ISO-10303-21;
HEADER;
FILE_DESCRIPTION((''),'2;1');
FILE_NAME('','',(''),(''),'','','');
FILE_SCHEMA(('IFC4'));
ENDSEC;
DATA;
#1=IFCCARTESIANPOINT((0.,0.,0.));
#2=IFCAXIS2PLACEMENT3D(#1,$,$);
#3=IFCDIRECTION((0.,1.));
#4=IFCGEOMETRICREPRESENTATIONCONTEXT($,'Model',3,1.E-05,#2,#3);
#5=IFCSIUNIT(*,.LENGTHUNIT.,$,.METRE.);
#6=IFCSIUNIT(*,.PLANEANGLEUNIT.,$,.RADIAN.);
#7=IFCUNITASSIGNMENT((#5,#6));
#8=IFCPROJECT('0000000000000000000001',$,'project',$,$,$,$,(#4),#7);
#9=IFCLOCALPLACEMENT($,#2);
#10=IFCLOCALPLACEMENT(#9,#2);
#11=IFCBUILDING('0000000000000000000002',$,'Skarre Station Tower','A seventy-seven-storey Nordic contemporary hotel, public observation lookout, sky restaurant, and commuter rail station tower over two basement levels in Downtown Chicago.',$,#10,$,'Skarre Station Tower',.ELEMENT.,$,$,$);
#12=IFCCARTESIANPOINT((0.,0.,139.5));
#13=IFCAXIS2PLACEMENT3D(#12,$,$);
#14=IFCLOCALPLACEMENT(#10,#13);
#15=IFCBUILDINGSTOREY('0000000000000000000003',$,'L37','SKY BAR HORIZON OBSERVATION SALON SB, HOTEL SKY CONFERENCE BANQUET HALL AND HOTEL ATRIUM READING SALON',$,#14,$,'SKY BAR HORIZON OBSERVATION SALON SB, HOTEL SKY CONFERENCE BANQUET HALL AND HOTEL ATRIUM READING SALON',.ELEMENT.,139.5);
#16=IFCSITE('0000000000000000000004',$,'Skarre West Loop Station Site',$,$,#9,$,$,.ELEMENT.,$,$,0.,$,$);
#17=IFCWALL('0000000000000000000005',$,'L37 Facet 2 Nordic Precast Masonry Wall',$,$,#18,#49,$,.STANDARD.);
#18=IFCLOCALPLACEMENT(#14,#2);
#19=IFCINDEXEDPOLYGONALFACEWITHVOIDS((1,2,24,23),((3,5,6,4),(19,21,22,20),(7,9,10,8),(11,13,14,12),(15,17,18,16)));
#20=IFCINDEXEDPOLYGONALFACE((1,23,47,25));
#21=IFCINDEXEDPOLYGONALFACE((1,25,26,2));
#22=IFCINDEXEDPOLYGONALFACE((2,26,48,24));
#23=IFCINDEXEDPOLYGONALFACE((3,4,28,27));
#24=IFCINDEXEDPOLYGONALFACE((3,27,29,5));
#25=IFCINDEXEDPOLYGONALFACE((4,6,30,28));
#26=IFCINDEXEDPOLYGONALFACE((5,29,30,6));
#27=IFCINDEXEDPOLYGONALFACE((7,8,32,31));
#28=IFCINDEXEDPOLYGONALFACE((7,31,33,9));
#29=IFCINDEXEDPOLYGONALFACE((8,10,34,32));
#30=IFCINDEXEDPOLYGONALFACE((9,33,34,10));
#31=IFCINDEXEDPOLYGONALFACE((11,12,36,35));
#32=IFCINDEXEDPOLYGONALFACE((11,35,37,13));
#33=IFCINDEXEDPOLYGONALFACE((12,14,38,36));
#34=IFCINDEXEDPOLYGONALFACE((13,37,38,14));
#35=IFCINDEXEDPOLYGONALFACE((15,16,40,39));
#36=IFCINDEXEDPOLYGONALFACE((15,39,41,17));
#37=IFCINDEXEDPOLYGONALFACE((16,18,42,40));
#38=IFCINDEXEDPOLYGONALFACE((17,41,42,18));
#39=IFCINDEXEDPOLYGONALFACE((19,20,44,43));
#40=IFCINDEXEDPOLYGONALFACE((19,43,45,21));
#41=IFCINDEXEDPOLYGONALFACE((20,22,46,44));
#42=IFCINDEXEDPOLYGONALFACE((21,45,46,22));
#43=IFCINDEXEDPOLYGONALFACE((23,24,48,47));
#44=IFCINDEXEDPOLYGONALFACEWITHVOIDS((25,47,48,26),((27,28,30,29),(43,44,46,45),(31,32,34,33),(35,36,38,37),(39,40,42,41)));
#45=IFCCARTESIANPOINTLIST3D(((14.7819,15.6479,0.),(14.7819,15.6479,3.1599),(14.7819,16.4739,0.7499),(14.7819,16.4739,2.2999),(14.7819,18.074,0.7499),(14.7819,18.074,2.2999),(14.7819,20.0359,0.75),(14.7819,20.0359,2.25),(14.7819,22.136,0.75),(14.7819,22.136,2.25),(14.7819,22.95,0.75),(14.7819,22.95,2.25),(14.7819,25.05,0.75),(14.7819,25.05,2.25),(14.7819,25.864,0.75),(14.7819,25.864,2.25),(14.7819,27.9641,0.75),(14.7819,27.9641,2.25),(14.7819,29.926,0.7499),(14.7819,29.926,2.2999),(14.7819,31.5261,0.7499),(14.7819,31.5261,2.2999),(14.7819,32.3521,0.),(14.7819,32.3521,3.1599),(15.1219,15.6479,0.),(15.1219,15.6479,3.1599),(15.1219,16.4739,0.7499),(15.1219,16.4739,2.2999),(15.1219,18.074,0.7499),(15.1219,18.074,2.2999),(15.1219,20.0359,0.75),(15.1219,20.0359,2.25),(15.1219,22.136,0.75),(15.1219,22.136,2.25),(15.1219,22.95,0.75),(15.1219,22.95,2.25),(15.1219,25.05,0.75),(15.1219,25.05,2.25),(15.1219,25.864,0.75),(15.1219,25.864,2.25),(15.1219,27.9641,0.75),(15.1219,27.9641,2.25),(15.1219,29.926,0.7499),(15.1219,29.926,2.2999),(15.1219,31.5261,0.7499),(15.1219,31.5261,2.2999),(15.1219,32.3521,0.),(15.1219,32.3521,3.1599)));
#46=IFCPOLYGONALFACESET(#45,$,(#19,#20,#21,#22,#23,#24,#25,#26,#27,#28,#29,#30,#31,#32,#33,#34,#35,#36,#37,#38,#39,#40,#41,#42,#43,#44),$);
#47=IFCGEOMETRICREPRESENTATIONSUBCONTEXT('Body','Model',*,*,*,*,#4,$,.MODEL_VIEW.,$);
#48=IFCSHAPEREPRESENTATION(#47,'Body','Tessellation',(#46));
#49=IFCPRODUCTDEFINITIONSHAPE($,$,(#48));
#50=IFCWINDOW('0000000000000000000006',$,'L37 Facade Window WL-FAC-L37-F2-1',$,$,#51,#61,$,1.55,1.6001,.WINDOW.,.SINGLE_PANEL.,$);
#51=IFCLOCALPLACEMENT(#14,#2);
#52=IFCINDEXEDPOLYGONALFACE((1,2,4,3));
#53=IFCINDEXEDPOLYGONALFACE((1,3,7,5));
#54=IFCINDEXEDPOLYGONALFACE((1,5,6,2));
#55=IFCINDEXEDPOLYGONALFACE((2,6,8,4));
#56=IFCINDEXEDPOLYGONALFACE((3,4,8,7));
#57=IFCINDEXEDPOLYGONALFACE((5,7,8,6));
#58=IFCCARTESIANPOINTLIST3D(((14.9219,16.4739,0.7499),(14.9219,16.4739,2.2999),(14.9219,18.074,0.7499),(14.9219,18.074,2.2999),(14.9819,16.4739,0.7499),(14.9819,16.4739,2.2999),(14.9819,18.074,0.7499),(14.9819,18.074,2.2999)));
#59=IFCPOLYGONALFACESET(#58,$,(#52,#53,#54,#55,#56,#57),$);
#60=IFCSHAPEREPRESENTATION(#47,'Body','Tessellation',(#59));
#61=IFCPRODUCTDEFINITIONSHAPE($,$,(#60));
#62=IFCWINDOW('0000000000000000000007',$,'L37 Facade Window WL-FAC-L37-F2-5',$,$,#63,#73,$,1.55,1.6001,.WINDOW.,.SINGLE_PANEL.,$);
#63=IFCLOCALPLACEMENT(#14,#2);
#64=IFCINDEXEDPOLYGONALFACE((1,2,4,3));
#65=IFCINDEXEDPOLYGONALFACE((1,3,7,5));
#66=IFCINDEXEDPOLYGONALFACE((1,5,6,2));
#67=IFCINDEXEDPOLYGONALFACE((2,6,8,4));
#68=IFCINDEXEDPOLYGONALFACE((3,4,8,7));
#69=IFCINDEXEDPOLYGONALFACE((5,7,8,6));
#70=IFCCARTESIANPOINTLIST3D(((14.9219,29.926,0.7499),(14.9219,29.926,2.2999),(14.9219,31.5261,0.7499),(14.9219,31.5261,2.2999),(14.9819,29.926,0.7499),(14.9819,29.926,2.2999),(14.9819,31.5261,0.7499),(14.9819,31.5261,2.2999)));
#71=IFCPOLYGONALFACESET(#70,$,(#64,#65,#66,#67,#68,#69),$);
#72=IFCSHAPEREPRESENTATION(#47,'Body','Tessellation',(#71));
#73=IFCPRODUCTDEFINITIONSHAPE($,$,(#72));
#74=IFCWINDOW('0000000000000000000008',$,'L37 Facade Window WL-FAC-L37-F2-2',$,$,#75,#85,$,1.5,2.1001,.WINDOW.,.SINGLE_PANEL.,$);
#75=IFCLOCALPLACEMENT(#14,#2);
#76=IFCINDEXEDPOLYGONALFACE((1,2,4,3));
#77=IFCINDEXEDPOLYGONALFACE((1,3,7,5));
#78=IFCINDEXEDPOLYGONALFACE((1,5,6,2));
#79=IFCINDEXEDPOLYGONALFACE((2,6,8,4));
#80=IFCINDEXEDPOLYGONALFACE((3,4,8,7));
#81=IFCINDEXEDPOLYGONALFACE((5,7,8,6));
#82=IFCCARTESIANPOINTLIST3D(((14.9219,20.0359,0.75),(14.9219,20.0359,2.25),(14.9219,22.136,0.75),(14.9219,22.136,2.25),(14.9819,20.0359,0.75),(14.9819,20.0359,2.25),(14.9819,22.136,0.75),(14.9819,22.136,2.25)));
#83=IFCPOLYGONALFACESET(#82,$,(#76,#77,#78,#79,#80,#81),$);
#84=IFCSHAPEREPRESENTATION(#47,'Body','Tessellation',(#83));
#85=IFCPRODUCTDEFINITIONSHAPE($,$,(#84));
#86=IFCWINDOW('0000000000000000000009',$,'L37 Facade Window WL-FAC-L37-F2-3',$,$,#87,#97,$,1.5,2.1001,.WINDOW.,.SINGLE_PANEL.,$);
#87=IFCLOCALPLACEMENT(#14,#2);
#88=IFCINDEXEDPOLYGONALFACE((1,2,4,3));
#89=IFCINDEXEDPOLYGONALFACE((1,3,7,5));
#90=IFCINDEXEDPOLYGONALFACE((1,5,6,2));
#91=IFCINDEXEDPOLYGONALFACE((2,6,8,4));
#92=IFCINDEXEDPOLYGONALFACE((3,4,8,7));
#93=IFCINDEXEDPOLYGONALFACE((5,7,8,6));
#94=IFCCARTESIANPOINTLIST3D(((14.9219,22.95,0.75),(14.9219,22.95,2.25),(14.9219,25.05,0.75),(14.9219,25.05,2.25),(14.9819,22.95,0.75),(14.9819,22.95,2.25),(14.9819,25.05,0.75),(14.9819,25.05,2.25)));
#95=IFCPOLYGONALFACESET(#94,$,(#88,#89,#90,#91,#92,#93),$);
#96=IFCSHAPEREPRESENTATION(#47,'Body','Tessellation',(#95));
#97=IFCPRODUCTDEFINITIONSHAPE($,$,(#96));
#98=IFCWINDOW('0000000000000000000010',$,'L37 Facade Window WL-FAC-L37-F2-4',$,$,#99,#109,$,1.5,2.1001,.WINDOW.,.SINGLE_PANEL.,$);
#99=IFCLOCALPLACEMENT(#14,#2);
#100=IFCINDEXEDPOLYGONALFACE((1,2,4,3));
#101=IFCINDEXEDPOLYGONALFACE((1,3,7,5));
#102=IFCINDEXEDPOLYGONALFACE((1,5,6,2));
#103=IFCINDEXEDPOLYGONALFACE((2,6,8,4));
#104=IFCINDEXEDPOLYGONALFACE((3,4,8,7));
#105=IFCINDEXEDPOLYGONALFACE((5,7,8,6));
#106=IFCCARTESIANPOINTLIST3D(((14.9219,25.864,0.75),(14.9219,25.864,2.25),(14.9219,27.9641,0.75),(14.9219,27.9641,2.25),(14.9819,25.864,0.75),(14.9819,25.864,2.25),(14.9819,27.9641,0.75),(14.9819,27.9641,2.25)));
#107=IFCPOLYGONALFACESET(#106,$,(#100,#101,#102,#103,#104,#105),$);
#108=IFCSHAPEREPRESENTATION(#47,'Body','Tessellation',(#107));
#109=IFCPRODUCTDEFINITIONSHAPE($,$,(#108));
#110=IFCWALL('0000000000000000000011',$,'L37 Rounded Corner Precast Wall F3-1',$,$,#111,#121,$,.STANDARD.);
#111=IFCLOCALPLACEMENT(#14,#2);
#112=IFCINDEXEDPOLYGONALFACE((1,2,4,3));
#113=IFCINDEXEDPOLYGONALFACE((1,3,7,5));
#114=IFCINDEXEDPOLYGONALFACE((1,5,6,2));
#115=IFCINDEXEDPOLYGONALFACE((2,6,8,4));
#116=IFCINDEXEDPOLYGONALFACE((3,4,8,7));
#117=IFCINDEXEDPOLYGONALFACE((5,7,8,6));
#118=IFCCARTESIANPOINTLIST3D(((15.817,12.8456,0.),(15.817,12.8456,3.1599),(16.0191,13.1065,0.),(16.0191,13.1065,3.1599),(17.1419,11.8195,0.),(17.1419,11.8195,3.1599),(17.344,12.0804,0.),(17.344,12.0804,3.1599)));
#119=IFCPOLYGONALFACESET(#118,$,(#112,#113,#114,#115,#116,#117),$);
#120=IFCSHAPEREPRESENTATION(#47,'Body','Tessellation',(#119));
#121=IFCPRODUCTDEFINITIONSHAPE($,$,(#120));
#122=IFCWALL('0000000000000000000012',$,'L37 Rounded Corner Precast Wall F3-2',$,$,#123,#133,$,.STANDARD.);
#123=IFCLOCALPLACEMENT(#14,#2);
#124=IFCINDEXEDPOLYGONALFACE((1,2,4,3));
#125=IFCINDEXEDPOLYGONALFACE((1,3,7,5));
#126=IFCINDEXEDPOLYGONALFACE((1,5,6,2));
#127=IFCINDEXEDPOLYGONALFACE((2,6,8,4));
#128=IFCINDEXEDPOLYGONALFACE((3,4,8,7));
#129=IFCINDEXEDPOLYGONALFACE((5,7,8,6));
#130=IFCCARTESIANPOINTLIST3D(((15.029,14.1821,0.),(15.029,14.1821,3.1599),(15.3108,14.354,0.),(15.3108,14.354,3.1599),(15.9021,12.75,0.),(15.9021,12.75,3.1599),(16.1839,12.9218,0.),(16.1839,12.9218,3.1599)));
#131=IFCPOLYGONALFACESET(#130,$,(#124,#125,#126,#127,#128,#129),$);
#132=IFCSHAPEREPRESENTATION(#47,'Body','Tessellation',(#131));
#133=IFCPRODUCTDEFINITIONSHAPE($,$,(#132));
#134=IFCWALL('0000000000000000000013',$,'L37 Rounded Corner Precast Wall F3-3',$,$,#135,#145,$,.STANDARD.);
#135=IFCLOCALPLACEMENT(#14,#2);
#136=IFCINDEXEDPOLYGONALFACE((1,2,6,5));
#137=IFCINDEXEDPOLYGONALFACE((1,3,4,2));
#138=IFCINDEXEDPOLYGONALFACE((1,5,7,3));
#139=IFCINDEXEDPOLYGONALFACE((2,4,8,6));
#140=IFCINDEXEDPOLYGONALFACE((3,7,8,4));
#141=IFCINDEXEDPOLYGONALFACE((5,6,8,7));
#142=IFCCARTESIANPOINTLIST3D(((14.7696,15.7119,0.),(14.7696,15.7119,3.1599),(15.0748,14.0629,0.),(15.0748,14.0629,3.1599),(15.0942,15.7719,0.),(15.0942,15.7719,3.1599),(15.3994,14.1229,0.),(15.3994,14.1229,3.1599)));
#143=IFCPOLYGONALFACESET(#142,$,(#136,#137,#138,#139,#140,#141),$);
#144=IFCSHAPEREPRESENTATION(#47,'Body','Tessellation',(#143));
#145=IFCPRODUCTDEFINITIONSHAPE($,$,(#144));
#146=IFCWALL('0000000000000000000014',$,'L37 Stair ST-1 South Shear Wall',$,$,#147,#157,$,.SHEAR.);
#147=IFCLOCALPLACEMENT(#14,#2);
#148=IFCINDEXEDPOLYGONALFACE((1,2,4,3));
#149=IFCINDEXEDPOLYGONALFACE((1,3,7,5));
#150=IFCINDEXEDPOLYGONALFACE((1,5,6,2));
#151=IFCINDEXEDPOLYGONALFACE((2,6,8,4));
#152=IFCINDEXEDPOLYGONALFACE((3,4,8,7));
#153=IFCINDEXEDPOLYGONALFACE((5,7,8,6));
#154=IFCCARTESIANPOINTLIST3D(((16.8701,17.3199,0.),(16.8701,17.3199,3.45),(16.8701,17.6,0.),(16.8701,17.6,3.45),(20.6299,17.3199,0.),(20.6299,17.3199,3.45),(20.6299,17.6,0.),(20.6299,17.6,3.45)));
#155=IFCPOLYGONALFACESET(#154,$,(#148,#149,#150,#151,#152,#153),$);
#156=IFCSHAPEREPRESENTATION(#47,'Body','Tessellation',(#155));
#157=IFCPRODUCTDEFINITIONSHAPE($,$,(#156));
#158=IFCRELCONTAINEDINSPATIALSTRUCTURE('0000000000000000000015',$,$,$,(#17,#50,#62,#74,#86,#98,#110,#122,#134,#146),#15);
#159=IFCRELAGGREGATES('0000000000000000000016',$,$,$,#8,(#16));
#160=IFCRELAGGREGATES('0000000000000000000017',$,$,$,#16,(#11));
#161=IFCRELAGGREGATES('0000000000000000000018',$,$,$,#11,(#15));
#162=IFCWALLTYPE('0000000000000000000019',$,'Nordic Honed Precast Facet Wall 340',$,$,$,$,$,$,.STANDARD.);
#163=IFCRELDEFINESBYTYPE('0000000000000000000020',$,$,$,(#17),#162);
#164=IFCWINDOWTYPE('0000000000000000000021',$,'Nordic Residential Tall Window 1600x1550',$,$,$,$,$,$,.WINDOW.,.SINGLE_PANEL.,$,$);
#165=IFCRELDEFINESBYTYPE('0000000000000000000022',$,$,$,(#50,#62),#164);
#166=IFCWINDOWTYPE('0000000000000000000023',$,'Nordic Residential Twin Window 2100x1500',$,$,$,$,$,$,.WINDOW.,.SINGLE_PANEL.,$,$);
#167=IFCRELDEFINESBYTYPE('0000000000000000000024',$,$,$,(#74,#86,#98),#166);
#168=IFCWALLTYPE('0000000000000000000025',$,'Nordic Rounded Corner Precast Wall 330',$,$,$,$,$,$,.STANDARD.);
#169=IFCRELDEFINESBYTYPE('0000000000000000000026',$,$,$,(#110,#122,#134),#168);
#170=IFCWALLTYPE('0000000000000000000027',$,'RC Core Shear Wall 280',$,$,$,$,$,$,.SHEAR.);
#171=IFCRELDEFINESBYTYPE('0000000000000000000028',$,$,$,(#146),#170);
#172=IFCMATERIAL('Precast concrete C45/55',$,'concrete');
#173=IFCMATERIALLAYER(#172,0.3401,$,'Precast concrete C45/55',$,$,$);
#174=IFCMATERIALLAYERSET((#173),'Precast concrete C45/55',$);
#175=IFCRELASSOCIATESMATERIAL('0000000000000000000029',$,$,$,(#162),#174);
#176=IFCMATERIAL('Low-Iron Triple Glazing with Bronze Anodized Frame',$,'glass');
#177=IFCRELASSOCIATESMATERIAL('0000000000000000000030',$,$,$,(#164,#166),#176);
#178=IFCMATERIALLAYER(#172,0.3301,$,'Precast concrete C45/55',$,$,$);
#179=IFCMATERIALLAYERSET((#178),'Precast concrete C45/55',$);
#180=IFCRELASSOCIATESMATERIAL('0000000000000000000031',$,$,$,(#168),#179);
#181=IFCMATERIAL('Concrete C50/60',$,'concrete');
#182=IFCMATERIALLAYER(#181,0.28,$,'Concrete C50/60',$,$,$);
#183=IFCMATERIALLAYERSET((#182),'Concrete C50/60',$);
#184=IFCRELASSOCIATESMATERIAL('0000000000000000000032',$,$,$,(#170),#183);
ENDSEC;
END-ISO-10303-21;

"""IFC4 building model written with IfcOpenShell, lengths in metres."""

from ifc_helpers import new_model, si_unit, direction, frame, frame_2d, origin, place, context, subcontext, project, spatial, rectangle, extrude, material, layer, layer_set, type_object, element, fill, save


model = new_model("IFC4")

# Units and contexts
model_context = context("Model", 3, precision=1e-05, world=origin(), true_north=direction((0.0, 1.0)))
body_context = subcontext(model_context, "Body", "Model", "MODEL_VIEW")
ifc_project = project(units=[si_unit("LENGTHUNIT", "METRE"), si_unit("PLANEANGLEUNIT", "RADIAN")], contexts=[model_context])

# Site, building, storey
site_placement = place(None, origin())
site = spatial("IfcSite", under=ifc_project, at=site_placement, Name="Skarre West Loop Station Site", CompositionType="ELEMENT", RefElevation=0.0)
building_placement = place(site_placement, origin())
building = spatial("IfcBuilding", under=site, at=building_placement, Name="Skarre Station Tower", Description="A seventy-seven-storey Nordic contemporary hotel, public observation lookout, sky restaurant, and commuter rail station tower over two basement levels in Downtown Chicago.", LongName="Skarre Station Tower", CompositionType="ELEMENT")
storey_placement = place(building_placement, frame((0.0, 0.0, 139.5)))
storey = spatial("IfcBuildingStorey", under=building, at=storey_placement, Name="L37", Description="SKY BAR HORIZON OBSERVATION SALON SB, HOTEL SKY CONFERENCE BANQUET HALL AND HOTEL ATRIUM READING SALON", LongName="SKY BAR HORIZON OBSERVATION SALON SB, HOTEL SKY CONFERENCE BANQUET HALL AND HOTEL ATRIUM READING SALON", CompositionType="ELEMENT", Elevation=139.5)

# Shared definitions
ifc_material_1 = material(Name="Concrete C50/60", Category="concrete")

# Wall, openings, windows
ifc_material_2 = material(Name="Precast concrete C45/55", Category="concrete")
ifc_layer_1 = layer(ifc_material_2, 0.3401, Name="Precast concrete C45/55")
ifc_layer_set_1 = layer_set([ifc_layer_1], Name="Precast concrete C45/55")
wall_type_1 = type_object("IfcWallType", Name="Nordic Honed Precast Facet Wall 340", PredefinedType="STANDARD", material=ifc_layer_set_1)
wall_1_placement = place(storey_placement, frame((14.9519, 15.6479, 0.0), z_axis=(0.0, 0.0, 1.0), x_axis=(0.0, 1.0, 0.0)))
wall_1 = element("IfcWall", 1, at=wall_1_placement, inside=storey, type_object=wall_type_1, Name="L37 Facet 2 Nordic Precast Masonry Wall", PredefinedType="STANDARD", context=body_context, shape_type="SweptSolid", body=[
    extrude(rectangle(XDim=16.7041, YDim=0.3401, at=frame_2d((8.3521, 0.0))), origin(), (0.0, 0.0, 1.0), 3.1599),
])
opening_1_placement = place(wall_1_placement, frame((0.8259, 0.0, 0.75)))
opening_1 = element("IfcOpeningElement", 2, at=opening_1_placement, cuts=wall_1, PredefinedType="OPENING", context=body_context, shape_type="SweptSolid", body=[
    extrude(rectangle(XDim=1.6001, YDim=1.55, at=frame_2d((0.8, 0.7749))), frame((0.0, 0.1799, 0.0), z_axis=(0.0, -1.0, 0.0), x_axis=(1.0, 0.0, 0.0)), (0.0, 0.0, 1.0), 0.3601),
])
opening_2_placement = place(wall_1_placement, frame((4.3879, 0.0, 0.75)))
opening_2 = element("IfcOpeningElement", 3, at=opening_2_placement, cuts=wall_1, PredefinedType="OPENING", context=body_context, shape_type="SweptSolid", body=[
    extrude(rectangle(XDim=2.1001, YDim=1.5, at=frame_2d((1.05, 0.75))), frame((0.0, 0.1799, 0.0), z_axis=(0.0, -1.0, 0.0), x_axis=(1.0, 0.0, 0.0)), (0.0, 0.0, 1.0), 0.3601),
])
opening_3_placement = place(wall_1_placement, frame((7.302, 0.0, 0.75)))
opening_3 = element("IfcOpeningElement", 4, at=opening_3_placement, cuts=wall_1, PredefinedType="OPENING", context=body_context, shape_type="SweptSolid", body=[
    extrude(rectangle(XDim=2.1001, YDim=1.5, at=frame_2d((1.05, 0.75))), frame((0.0, 0.1799, 0.0), z_axis=(0.0, -1.0, 0.0), x_axis=(1.0, 0.0, 0.0)), (0.0, 0.0, 1.0), 0.3601),
])
opening_4_placement = place(wall_1_placement, frame((10.2161, 0.0, 0.75)))
opening_4 = element("IfcOpeningElement", 5, at=opening_4_placement, cuts=wall_1, PredefinedType="OPENING", context=body_context, shape_type="SweptSolid", body=[
    extrude(rectangle(XDim=2.1001, YDim=1.5, at=frame_2d((1.05, 0.75))), frame((0.0, 0.1799, 0.0), z_axis=(0.0, -1.0, 0.0), x_axis=(1.0, 0.0, 0.0)), (0.0, 0.0, 1.0), 0.3601),
])
opening_5_placement = place(wall_1_placement, frame((14.2781, 0.0, 0.75)))
opening_5 = element("IfcOpeningElement", 6, at=opening_5_placement, cuts=wall_1, PredefinedType="OPENING", context=body_context, shape_type="SweptSolid", body=[
    extrude(rectangle(XDim=1.6001, YDim=1.55, at=frame_2d((0.8, 0.7749))), frame((0.0, 0.1799, 0.0), z_axis=(0.0, -1.0, 0.0), x_axis=(1.0, 0.0, 0.0)), (0.0, 0.0, 1.0), 0.3601),
])
ifc_material_3 = material(Name="Low-Iron Triple Glazing with Bronze Anodized Frame", Category="glass")
window_type_1 = type_object("IfcWindowType", Name="Nordic Residential Tall Window 1600x1550", PartitioningType="SINGLE_PANEL", PredefinedType="WINDOW", material=ifc_material_3)
window_1_placement = place(opening_1_placement, origin())
window_1 = element("IfcWindow", 7, at=window_1_placement, inside=storey, type_object=window_type_1, Name="L37 Facade Window WL-FAC-L37-F2-1", OverallHeight=1.55, OverallWidth=1.6001, PartitioningType="SINGLE_PANEL", PredefinedType="WINDOW", context=body_context, shape_type="SweptSolid", body=[
    extrude(rectangle(XDim=1.6001, YDim=1.55, at=frame_2d((0.8, 0.7749))), frame((0.0, 0.03, 0.0), z_axis=(0.0, -1.0, 0.0), x_axis=(1.0, 0.0, 0.0)), (0.0, 0.0, 1.0), 0.0601),
])
fill(opening_1, window_1)
window_2_placement = place(opening_5_placement, origin())
window_2 = element("IfcWindow", 8, at=window_2_placement, inside=storey, type_object=window_type_1, Name="L37 Facade Window WL-FAC-L37-F2-5", OverallHeight=1.55, OverallWidth=1.6001, PartitioningType="SINGLE_PANEL", PredefinedType="WINDOW", context=body_context, shape_type="SweptSolid", body=[
    extrude(rectangle(XDim=1.6001, YDim=1.55, at=frame_2d((0.8, 0.7749))), frame((0.0, 0.03, 0.0), z_axis=(0.0, -1.0, 0.0), x_axis=(1.0, 0.0, 0.0)), (0.0, 0.0, 1.0), 0.0601),
])
fill(opening_5, window_2)
window_type_2 = type_object("IfcWindowType", Name="Nordic Residential Twin Window 2100x1500", PartitioningType="SINGLE_PANEL", PredefinedType="WINDOW", material=ifc_material_3)
window_3_placement = place(opening_2_placement, origin())
window_3 = element("IfcWindow", 9, at=window_3_placement, inside=storey, type_object=window_type_2, Name="L37 Facade Window WL-FAC-L37-F2-2", OverallHeight=1.5, OverallWidth=2.1001, PartitioningType="SINGLE_PANEL", PredefinedType="WINDOW", context=body_context, shape_type="SweptSolid", body=[
    extrude(rectangle(XDim=2.1001, YDim=1.5, at=frame_2d((1.05, 0.75))), frame((0.0, 0.03, 0.0), z_axis=(0.0, -1.0, 0.0), x_axis=(1.0, 0.0, 0.0)), (0.0, 0.0, 1.0), 0.0601),
])
fill(opening_2, window_3)
window_4_placement = place(opening_3_placement, origin())
window_4 = element("IfcWindow", 10, at=window_4_placement, inside=storey, type_object=window_type_2, Name="L37 Facade Window WL-FAC-L37-F2-3", OverallHeight=1.5, OverallWidth=2.1001, PartitioningType="SINGLE_PANEL", PredefinedType="WINDOW", context=body_context, shape_type="SweptSolid", body=[
    extrude(rectangle(XDim=2.1001, YDim=1.5, at=frame_2d((1.05, 0.75))), frame((0.0, 0.03, 0.0), z_axis=(0.0, -1.0, 0.0), x_axis=(1.0, 0.0, 0.0)), (0.0, 0.0, 1.0), 0.0601),
])
fill(opening_3, window_4)
window_5_placement = place(opening_4_placement, origin())
window_5 = element("IfcWindow", 11, at=window_5_placement, inside=storey, type_object=window_type_2, Name="L37 Facade Window WL-FAC-L37-F2-4", OverallHeight=1.5, OverallWidth=2.1001, PartitioningType="SINGLE_PANEL", PredefinedType="WINDOW", context=body_context, shape_type="SweptSolid", body=[
    extrude(rectangle(XDim=2.1001, YDim=1.5, at=frame_2d((1.05, 0.75))), frame((0.0, 0.03, 0.0), z_axis=(0.0, -1.0, 0.0), x_axis=(1.0, 0.0, 0.0)), (0.0, 0.0, 1.0), 0.0601),
])
fill(opening_4, window_5)

# Walls
ifc_layer_2 = layer(ifc_material_2, 0.3301, Name="Precast concrete C45/55")
ifc_layer_set_2 = layer_set([ifc_layer_2], Name="Precast concrete C45/55")
wall_type_2 = type_object("IfcWallType", Name="Nordic Rounded Corner Precast Wall 330", PredefinedType="STANDARD", material=ifc_layer_set_2)
wall_2_placement = place(storey_placement, frame((17.2429, 11.95, 0.0), z_axis=(0.0, 0.0, 1.0), x_axis=(-0.790621, 0.612305, 0.0)))
element("IfcWall", 12, at=wall_2_placement, inside=storey, type_object=wall_type_2, Name="L37 Rounded Corner Precast Wall F3-1", PredefinedType="STANDARD", context=body_context, shape_type="SweptSolid", body=[
    extrude(rectangle(XDim=1.6758, YDim=0.3301, at=frame_2d((0.8379, 0.0))), origin(), (0.0, 0.0, 1.0), 3.1599),
])
wall_3_placement = place(storey_placement, frame((16.043, 12.8359, 0.0), z_axis=(0.0, 0.0, 1.0), x_axis=(-0.520519, 0.85385, 0.0)))
element("IfcWall", 13, at=wall_3_placement, inside=storey, type_object=wall_type_2, Name="L37 Rounded Corner Precast Wall F3-2", PredefinedType="STANDARD", context=body_context, shape_type="SweptSolid", body=[
    extrude(rectangle(XDim=1.6772, YDim=0.3301, at=frame_2d((0.8386, 0.0))), origin(), (0.0, 0.0, 1.0), 3.1599),
])
wall_4_placement = place(storey_placement, frame((15.2371, 14.093, 0.0), z_axis=(0.0, 0.0, 1.0), x_axis=(-0.181985, 0.983301, 0.0)))
element("IfcWall", 14, at=wall_4_placement, inside=storey, type_object=wall_type_2, Name="L37 Rounded Corner Precast Wall F3-3", PredefinedType="STANDARD", context=body_context, shape_type="SweptSolid", body=[
    extrude(rectangle(XDim=1.677, YDim=0.3301, at=frame_2d((0.8384, 0.0))), origin(), (0.0, 0.0, 1.0), 3.1599),
])
ifc_layer_3 = layer(ifc_material_1, 0.28, Name="Concrete C50/60")
ifc_layer_set_3 = layer_set([ifc_layer_3], Name="Concrete C50/60")
wall_type_3 = type_object("IfcWallType", Name="RC Core Shear Wall 280", PredefinedType="SHEAR", material=ifc_layer_set_3)
wall_5_placement = place(storey_placement, frame((16.8701, 17.46, 0.0), z_axis=(0.0, 0.0, 1.0), x_axis=(1.0, 0.0, 0.0)))
element("IfcWall", 15, at=wall_5_placement, inside=storey, type_object=wall_type_3, Name="L37 Stair ST-1 South Shear Wall", PredefinedType="SHEAR", context=body_context, shape_type="SweptSolid", body=[
    extrude(rectangle(XDim=3.7598, YDim=0.28, at=frame_2d((1.8799, 0.0))), origin(), (0.0, 0.0, 1.0), 3.45),
])

save(model, "model.ifc")
